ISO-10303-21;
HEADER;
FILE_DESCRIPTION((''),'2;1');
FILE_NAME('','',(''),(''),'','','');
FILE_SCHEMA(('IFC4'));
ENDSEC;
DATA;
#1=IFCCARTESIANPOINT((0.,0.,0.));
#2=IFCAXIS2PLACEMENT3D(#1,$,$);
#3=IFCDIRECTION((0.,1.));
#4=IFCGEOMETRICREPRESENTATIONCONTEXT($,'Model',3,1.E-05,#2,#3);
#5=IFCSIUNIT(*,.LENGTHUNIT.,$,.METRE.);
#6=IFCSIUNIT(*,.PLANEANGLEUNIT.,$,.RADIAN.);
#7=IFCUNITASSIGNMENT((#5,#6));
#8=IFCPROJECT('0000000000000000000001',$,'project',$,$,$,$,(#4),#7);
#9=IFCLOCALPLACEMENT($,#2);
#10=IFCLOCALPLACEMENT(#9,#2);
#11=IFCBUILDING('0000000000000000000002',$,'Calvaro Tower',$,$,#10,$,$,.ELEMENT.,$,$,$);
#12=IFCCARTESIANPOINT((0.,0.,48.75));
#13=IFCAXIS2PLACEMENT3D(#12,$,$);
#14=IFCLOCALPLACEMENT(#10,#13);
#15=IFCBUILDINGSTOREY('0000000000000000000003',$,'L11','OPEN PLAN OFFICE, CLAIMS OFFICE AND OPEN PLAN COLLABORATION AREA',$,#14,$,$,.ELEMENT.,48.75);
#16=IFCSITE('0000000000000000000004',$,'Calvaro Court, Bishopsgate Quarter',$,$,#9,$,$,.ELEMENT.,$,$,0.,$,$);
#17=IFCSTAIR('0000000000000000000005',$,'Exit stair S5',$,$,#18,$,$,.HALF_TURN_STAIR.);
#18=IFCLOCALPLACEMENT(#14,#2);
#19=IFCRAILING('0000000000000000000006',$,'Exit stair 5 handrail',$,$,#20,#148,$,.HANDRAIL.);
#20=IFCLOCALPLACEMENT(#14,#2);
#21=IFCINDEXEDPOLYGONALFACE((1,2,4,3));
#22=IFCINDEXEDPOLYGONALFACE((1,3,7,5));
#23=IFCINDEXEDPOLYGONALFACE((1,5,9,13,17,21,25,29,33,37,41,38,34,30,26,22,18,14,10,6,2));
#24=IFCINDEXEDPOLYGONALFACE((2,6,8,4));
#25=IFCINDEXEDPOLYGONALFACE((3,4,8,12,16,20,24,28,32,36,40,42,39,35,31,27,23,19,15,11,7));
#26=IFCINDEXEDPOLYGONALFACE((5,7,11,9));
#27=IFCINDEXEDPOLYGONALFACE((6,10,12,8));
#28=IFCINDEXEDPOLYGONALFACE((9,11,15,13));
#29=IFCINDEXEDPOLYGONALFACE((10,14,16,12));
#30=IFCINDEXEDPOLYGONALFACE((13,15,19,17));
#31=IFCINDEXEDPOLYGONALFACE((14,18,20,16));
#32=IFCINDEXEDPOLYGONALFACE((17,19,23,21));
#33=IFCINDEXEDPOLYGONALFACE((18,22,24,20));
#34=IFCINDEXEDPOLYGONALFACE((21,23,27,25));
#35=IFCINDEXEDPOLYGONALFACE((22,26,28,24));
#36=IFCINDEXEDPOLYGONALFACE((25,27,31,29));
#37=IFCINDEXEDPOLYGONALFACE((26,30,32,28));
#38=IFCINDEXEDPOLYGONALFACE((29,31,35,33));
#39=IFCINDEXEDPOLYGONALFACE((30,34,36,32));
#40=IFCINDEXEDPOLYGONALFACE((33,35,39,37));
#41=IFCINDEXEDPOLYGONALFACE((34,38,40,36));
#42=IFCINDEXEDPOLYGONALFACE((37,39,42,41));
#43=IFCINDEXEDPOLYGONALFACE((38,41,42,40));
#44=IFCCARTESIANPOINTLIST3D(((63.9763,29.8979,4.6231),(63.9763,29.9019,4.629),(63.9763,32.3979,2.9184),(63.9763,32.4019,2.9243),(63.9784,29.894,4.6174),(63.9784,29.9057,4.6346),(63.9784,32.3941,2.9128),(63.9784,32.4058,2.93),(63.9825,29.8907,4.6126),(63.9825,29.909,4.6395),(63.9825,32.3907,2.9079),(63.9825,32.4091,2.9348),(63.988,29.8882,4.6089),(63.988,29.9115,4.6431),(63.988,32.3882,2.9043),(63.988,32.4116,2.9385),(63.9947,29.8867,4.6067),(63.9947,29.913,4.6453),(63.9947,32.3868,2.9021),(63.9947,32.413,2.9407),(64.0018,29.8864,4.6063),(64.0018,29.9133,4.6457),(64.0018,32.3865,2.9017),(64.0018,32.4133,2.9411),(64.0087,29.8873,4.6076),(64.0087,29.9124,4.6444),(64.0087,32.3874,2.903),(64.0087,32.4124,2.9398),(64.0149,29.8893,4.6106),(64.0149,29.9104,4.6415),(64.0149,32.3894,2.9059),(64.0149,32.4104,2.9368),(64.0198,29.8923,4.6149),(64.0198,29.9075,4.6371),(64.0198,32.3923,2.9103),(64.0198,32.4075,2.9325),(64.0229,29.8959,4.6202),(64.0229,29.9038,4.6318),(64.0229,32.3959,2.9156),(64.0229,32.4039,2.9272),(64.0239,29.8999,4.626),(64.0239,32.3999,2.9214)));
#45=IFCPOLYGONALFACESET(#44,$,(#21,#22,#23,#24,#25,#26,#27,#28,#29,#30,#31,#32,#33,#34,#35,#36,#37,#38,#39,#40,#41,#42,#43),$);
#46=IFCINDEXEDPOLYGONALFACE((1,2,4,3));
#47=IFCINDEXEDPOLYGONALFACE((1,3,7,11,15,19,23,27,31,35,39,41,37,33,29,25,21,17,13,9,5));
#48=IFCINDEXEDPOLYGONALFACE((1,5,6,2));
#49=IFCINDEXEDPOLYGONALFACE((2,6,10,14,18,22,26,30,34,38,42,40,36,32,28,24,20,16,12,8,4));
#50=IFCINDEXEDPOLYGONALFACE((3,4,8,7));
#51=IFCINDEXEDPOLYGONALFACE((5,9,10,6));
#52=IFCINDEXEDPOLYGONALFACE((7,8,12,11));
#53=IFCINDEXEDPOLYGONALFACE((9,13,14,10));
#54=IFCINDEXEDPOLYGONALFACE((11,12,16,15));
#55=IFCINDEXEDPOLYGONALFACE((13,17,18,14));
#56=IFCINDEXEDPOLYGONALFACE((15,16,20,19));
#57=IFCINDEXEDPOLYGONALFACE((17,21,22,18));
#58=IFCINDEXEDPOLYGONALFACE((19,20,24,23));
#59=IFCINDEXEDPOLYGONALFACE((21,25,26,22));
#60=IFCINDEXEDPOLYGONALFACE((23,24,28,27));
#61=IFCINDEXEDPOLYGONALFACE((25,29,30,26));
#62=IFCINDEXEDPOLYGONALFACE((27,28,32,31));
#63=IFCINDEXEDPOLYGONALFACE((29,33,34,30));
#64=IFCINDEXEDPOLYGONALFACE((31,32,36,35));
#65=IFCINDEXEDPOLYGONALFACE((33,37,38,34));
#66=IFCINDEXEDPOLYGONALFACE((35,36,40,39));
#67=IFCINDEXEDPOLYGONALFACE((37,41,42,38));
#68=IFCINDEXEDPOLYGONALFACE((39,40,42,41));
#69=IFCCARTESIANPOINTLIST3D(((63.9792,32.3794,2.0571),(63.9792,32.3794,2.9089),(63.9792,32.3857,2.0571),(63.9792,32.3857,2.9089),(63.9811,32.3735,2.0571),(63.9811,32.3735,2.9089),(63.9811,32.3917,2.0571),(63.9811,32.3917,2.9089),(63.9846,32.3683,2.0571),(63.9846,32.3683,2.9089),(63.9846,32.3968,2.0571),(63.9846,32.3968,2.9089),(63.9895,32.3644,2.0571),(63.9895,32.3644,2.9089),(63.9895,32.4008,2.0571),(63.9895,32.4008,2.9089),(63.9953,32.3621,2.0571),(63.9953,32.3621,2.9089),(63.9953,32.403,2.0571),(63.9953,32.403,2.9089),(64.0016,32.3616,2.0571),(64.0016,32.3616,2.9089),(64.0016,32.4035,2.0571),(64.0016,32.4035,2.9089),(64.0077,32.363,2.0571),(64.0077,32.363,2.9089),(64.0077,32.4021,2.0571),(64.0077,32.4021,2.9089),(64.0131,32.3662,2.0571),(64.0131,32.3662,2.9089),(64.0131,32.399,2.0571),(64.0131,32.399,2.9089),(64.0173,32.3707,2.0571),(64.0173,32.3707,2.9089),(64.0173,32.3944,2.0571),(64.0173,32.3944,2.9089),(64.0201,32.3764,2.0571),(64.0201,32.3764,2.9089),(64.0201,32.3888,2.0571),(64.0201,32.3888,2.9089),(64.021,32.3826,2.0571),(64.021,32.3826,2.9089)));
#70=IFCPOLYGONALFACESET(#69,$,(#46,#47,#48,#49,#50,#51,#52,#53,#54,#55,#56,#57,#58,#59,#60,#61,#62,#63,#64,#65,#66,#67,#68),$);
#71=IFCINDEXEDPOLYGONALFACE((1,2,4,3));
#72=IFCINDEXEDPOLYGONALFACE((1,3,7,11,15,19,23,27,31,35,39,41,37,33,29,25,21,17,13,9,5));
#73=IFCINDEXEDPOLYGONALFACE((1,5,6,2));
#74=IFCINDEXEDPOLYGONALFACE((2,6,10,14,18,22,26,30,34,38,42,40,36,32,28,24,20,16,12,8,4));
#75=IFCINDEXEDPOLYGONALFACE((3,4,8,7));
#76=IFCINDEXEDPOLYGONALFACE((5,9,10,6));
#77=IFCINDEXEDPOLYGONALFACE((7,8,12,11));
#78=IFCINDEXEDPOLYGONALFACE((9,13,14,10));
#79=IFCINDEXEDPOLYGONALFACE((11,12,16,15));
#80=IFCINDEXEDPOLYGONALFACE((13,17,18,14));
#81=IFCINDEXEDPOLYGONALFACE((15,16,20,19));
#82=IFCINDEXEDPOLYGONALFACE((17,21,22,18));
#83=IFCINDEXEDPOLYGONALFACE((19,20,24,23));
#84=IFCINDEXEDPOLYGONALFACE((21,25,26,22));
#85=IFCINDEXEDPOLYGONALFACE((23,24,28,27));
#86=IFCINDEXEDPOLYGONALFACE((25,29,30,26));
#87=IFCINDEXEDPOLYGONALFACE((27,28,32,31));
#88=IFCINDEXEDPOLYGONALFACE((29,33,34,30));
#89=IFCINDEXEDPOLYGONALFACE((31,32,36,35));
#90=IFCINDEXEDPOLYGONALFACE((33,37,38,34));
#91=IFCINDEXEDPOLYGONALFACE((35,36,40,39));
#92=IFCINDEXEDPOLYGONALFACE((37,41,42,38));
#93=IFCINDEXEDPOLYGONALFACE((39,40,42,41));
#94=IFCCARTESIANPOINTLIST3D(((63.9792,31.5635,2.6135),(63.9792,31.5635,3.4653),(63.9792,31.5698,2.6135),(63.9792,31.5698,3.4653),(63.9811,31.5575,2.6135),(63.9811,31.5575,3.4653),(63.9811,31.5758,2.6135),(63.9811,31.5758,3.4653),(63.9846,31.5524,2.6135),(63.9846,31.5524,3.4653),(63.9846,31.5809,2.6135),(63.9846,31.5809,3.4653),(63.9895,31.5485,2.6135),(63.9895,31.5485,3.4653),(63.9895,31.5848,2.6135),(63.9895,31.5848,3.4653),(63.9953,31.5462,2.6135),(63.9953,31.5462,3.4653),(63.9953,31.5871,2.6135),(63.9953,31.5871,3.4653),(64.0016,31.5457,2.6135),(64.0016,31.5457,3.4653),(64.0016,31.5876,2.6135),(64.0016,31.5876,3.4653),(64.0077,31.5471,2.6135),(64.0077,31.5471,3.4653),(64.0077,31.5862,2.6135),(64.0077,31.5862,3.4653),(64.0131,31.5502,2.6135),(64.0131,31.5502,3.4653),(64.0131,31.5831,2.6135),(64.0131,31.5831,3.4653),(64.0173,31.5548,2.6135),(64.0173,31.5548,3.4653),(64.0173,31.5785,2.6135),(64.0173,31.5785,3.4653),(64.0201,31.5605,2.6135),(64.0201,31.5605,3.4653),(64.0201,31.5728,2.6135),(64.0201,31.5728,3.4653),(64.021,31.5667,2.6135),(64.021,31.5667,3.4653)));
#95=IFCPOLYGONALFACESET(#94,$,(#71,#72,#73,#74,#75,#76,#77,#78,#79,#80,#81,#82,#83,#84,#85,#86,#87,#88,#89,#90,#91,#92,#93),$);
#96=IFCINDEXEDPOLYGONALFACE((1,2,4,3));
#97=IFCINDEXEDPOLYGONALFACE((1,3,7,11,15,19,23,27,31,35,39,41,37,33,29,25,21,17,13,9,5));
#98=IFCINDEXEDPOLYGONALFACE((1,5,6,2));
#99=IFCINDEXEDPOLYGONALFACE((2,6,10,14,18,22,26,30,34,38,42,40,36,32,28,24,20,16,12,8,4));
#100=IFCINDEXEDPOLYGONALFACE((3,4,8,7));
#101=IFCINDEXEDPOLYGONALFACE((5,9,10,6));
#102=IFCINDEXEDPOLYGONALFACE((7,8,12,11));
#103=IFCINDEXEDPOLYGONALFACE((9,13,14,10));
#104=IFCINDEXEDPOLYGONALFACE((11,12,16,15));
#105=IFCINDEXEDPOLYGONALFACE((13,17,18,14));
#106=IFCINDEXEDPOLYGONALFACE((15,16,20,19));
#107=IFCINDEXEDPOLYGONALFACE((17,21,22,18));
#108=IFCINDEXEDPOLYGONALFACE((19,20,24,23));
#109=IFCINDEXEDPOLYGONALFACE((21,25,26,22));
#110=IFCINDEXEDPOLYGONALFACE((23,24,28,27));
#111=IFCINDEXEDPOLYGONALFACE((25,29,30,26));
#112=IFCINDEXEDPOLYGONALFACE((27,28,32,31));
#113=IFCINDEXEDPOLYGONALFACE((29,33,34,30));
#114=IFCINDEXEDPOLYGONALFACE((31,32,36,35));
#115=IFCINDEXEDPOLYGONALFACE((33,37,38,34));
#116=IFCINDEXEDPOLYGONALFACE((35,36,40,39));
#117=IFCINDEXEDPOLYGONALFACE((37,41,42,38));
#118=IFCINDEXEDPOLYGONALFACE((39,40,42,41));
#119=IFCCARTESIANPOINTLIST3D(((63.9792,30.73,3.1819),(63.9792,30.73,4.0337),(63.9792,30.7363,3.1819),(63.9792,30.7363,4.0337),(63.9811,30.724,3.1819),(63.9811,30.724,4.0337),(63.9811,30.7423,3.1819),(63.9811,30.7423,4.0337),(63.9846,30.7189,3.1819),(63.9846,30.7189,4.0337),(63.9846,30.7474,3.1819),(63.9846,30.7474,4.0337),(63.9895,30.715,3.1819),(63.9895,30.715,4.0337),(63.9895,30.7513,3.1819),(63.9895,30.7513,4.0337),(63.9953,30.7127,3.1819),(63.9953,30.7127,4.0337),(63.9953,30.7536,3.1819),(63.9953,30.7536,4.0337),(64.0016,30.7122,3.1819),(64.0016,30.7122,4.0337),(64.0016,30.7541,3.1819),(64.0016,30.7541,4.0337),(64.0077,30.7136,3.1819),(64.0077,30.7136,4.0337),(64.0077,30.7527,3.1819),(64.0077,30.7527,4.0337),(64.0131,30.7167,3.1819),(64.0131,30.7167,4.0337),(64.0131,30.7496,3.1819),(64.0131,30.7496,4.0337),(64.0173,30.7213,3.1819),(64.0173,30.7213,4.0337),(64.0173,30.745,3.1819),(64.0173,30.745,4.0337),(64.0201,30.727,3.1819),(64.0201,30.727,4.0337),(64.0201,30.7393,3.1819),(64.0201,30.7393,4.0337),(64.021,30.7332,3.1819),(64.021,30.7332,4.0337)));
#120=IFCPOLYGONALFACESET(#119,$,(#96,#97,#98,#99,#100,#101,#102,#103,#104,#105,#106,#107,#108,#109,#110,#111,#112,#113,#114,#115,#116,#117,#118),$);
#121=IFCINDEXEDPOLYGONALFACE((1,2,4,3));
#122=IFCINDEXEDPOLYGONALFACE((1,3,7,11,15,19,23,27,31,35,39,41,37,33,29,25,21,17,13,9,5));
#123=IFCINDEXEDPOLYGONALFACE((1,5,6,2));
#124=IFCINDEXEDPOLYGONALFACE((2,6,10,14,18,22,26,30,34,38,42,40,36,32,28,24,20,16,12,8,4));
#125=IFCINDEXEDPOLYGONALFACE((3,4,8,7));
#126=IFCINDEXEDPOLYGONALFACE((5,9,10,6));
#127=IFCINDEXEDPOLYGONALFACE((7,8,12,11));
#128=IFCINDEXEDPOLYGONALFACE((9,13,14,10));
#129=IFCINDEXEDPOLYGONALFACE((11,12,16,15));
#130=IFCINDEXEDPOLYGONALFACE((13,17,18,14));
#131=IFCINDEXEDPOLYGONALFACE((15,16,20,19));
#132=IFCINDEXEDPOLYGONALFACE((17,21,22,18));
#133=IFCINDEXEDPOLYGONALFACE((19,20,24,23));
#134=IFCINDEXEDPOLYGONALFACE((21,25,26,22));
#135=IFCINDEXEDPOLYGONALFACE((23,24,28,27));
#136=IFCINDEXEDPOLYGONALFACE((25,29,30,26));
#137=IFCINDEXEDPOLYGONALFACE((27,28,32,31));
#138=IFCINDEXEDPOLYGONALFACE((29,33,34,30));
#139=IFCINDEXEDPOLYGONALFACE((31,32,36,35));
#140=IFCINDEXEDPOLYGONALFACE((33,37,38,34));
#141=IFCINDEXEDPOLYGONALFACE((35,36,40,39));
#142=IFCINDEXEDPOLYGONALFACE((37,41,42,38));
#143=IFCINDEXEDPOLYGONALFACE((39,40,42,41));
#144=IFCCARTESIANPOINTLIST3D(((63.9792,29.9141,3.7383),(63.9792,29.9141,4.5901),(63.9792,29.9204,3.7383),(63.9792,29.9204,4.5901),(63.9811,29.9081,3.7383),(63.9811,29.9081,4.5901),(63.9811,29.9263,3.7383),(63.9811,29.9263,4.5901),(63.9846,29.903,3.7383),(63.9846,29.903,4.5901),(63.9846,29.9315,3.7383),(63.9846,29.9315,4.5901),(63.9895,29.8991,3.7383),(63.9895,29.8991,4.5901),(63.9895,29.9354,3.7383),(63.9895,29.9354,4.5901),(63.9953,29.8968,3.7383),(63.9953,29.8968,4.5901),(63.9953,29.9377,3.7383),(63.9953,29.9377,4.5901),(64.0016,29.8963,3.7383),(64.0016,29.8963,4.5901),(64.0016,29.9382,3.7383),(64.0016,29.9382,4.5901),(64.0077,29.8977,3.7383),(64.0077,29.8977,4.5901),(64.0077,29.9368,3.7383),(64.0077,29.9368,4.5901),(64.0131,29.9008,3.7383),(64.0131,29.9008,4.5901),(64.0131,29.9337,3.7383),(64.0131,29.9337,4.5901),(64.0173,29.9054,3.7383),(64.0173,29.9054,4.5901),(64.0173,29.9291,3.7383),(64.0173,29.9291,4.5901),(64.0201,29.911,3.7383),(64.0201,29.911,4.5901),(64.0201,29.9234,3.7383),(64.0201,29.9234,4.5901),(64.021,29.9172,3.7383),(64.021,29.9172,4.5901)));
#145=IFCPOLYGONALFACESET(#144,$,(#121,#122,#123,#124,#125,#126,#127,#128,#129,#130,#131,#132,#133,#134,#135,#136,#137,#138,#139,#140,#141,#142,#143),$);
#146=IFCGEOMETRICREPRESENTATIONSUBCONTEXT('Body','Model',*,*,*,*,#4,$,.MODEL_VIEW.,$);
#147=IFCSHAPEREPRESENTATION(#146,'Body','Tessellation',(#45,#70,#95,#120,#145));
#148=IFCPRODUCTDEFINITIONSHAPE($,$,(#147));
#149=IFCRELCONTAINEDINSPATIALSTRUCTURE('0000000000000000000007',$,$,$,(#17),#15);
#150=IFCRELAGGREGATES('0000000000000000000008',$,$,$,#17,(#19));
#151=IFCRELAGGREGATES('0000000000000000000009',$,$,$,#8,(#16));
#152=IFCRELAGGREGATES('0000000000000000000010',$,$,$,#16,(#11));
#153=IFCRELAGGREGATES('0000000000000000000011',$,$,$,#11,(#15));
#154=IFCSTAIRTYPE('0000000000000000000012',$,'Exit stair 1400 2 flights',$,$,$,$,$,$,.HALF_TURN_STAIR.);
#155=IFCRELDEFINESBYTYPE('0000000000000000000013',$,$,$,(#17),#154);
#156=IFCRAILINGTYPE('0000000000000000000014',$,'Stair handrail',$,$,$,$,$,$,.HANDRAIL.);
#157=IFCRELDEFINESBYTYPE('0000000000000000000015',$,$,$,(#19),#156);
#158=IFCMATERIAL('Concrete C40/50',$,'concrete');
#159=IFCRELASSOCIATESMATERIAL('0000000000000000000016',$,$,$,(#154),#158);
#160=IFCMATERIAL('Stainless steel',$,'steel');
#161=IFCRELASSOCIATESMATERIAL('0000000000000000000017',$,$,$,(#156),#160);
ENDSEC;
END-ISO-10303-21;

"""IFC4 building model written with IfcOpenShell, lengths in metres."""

from ifc_helpers import new_model, si_unit, direction, frame, origin, origin_2d, place, context, subcontext, project, spatial, circle, extrude, material, type_object, element, aggregate, save


model = new_model("IFC4")

# Units and contexts
model_context = context("Model", 3, precision=1e-05, world=origin(), true_north=direction((0.0, 1.0)))
body_context = subcontext(model_context, "Body", "Model", "MODEL_VIEW")
ifc_project = project(units=[si_unit("LENGTHUNIT", "METRE"), si_unit("PLANEANGLEUNIT", "RADIAN")], contexts=[model_context])

# Site, building, storey
site_placement = place(None, origin())
site = spatial("IfcSite", under=ifc_project, at=site_placement, Name="Calvaro Court, Bishopsgate Quarter", CompositionType="ELEMENT", RefElevation=0.0)
building_placement = place(site_placement, origin())
building = spatial("IfcBuilding", under=site, at=building_placement, Name="Calvaro Tower", CompositionType="ELEMENT")
storey_placement = place(building_placement, frame((0.0, 0.0, 48.75)))
storey = spatial("IfcBuildingStorey", under=building, at=storey_placement, Name="L11", Description="OPEN PLAN OFFICE, CLAIMS OFFICE AND OPEN PLAN COLLABORATION AREA", CompositionType="ELEMENT", Elevation=48.75)

# Stair
ifc_material_1 = material(Name="Concrete C40/50", Category="concrete")
stair_type = type_object("IfcStairType", Name="Exit stair 1400 2 flights", PredefinedType="HALF_TURN_STAIR", material=ifc_material_1)
stair_1_placement = place(storey_placement, origin())
stair_1 = element("IfcStair", 1, at=stair_1_placement, inside=storey, type_object=stair_type, Name="Exit stair S5", PredefinedType="HALF_TURN_STAIR")

# Shared definitions
ifc_material_2 = material(Name="Stainless steel", Category="steel")
railing_type = type_object("IfcRailingType", Name="Stair handrail", PredefinedType="HANDRAIL", material=ifc_material_2)

# Railing
railing_1_placement = place(storey_placement, frame((64.0, 32.3999, 2.0454)))
railing_1 = element("IfcRailing", 2, at=railing_1_placement, type_object=railing_type, Name="Exit stair 5 handrail", PredefinedType="HANDRAIL", context=body_context, shape_type="SweptSolid", body=[
    extrude(circle(Radius=0.0239, at=origin_2d()), frame((0.0, 0.0, 0.876), z_axis=(0.0, -0.826221, 0.563347), x_axis=(1.0, 0.0, 0.0)), (0.0, 0.0, 1.0), 3.0259),
    extrude(circle(Radius=0.021, at=origin_2d()), frame((0.0, -0.0173, 0.0117)), (0.0, 0.0, 1.0), 0.8518),
    extrude(circle(Radius=0.021, at=origin_2d()), frame((0.0, -0.8333, 0.5681)), (0.0, 0.0, 1.0), 0.8518),
    extrude(circle(Radius=0.021, at=origin_2d()), frame((0.0, -1.6667, 1.1365)), (0.0, 0.0, 1.0), 0.8518),
    extrude(circle(Radius=0.021, at=origin_2d()), frame((0.0, -2.4827, 1.6929)), (0.0, 0.0, 1.0), 0.8518),
])
aggregate(stair_1, [railing_1])

save(model, "model.ifc")
